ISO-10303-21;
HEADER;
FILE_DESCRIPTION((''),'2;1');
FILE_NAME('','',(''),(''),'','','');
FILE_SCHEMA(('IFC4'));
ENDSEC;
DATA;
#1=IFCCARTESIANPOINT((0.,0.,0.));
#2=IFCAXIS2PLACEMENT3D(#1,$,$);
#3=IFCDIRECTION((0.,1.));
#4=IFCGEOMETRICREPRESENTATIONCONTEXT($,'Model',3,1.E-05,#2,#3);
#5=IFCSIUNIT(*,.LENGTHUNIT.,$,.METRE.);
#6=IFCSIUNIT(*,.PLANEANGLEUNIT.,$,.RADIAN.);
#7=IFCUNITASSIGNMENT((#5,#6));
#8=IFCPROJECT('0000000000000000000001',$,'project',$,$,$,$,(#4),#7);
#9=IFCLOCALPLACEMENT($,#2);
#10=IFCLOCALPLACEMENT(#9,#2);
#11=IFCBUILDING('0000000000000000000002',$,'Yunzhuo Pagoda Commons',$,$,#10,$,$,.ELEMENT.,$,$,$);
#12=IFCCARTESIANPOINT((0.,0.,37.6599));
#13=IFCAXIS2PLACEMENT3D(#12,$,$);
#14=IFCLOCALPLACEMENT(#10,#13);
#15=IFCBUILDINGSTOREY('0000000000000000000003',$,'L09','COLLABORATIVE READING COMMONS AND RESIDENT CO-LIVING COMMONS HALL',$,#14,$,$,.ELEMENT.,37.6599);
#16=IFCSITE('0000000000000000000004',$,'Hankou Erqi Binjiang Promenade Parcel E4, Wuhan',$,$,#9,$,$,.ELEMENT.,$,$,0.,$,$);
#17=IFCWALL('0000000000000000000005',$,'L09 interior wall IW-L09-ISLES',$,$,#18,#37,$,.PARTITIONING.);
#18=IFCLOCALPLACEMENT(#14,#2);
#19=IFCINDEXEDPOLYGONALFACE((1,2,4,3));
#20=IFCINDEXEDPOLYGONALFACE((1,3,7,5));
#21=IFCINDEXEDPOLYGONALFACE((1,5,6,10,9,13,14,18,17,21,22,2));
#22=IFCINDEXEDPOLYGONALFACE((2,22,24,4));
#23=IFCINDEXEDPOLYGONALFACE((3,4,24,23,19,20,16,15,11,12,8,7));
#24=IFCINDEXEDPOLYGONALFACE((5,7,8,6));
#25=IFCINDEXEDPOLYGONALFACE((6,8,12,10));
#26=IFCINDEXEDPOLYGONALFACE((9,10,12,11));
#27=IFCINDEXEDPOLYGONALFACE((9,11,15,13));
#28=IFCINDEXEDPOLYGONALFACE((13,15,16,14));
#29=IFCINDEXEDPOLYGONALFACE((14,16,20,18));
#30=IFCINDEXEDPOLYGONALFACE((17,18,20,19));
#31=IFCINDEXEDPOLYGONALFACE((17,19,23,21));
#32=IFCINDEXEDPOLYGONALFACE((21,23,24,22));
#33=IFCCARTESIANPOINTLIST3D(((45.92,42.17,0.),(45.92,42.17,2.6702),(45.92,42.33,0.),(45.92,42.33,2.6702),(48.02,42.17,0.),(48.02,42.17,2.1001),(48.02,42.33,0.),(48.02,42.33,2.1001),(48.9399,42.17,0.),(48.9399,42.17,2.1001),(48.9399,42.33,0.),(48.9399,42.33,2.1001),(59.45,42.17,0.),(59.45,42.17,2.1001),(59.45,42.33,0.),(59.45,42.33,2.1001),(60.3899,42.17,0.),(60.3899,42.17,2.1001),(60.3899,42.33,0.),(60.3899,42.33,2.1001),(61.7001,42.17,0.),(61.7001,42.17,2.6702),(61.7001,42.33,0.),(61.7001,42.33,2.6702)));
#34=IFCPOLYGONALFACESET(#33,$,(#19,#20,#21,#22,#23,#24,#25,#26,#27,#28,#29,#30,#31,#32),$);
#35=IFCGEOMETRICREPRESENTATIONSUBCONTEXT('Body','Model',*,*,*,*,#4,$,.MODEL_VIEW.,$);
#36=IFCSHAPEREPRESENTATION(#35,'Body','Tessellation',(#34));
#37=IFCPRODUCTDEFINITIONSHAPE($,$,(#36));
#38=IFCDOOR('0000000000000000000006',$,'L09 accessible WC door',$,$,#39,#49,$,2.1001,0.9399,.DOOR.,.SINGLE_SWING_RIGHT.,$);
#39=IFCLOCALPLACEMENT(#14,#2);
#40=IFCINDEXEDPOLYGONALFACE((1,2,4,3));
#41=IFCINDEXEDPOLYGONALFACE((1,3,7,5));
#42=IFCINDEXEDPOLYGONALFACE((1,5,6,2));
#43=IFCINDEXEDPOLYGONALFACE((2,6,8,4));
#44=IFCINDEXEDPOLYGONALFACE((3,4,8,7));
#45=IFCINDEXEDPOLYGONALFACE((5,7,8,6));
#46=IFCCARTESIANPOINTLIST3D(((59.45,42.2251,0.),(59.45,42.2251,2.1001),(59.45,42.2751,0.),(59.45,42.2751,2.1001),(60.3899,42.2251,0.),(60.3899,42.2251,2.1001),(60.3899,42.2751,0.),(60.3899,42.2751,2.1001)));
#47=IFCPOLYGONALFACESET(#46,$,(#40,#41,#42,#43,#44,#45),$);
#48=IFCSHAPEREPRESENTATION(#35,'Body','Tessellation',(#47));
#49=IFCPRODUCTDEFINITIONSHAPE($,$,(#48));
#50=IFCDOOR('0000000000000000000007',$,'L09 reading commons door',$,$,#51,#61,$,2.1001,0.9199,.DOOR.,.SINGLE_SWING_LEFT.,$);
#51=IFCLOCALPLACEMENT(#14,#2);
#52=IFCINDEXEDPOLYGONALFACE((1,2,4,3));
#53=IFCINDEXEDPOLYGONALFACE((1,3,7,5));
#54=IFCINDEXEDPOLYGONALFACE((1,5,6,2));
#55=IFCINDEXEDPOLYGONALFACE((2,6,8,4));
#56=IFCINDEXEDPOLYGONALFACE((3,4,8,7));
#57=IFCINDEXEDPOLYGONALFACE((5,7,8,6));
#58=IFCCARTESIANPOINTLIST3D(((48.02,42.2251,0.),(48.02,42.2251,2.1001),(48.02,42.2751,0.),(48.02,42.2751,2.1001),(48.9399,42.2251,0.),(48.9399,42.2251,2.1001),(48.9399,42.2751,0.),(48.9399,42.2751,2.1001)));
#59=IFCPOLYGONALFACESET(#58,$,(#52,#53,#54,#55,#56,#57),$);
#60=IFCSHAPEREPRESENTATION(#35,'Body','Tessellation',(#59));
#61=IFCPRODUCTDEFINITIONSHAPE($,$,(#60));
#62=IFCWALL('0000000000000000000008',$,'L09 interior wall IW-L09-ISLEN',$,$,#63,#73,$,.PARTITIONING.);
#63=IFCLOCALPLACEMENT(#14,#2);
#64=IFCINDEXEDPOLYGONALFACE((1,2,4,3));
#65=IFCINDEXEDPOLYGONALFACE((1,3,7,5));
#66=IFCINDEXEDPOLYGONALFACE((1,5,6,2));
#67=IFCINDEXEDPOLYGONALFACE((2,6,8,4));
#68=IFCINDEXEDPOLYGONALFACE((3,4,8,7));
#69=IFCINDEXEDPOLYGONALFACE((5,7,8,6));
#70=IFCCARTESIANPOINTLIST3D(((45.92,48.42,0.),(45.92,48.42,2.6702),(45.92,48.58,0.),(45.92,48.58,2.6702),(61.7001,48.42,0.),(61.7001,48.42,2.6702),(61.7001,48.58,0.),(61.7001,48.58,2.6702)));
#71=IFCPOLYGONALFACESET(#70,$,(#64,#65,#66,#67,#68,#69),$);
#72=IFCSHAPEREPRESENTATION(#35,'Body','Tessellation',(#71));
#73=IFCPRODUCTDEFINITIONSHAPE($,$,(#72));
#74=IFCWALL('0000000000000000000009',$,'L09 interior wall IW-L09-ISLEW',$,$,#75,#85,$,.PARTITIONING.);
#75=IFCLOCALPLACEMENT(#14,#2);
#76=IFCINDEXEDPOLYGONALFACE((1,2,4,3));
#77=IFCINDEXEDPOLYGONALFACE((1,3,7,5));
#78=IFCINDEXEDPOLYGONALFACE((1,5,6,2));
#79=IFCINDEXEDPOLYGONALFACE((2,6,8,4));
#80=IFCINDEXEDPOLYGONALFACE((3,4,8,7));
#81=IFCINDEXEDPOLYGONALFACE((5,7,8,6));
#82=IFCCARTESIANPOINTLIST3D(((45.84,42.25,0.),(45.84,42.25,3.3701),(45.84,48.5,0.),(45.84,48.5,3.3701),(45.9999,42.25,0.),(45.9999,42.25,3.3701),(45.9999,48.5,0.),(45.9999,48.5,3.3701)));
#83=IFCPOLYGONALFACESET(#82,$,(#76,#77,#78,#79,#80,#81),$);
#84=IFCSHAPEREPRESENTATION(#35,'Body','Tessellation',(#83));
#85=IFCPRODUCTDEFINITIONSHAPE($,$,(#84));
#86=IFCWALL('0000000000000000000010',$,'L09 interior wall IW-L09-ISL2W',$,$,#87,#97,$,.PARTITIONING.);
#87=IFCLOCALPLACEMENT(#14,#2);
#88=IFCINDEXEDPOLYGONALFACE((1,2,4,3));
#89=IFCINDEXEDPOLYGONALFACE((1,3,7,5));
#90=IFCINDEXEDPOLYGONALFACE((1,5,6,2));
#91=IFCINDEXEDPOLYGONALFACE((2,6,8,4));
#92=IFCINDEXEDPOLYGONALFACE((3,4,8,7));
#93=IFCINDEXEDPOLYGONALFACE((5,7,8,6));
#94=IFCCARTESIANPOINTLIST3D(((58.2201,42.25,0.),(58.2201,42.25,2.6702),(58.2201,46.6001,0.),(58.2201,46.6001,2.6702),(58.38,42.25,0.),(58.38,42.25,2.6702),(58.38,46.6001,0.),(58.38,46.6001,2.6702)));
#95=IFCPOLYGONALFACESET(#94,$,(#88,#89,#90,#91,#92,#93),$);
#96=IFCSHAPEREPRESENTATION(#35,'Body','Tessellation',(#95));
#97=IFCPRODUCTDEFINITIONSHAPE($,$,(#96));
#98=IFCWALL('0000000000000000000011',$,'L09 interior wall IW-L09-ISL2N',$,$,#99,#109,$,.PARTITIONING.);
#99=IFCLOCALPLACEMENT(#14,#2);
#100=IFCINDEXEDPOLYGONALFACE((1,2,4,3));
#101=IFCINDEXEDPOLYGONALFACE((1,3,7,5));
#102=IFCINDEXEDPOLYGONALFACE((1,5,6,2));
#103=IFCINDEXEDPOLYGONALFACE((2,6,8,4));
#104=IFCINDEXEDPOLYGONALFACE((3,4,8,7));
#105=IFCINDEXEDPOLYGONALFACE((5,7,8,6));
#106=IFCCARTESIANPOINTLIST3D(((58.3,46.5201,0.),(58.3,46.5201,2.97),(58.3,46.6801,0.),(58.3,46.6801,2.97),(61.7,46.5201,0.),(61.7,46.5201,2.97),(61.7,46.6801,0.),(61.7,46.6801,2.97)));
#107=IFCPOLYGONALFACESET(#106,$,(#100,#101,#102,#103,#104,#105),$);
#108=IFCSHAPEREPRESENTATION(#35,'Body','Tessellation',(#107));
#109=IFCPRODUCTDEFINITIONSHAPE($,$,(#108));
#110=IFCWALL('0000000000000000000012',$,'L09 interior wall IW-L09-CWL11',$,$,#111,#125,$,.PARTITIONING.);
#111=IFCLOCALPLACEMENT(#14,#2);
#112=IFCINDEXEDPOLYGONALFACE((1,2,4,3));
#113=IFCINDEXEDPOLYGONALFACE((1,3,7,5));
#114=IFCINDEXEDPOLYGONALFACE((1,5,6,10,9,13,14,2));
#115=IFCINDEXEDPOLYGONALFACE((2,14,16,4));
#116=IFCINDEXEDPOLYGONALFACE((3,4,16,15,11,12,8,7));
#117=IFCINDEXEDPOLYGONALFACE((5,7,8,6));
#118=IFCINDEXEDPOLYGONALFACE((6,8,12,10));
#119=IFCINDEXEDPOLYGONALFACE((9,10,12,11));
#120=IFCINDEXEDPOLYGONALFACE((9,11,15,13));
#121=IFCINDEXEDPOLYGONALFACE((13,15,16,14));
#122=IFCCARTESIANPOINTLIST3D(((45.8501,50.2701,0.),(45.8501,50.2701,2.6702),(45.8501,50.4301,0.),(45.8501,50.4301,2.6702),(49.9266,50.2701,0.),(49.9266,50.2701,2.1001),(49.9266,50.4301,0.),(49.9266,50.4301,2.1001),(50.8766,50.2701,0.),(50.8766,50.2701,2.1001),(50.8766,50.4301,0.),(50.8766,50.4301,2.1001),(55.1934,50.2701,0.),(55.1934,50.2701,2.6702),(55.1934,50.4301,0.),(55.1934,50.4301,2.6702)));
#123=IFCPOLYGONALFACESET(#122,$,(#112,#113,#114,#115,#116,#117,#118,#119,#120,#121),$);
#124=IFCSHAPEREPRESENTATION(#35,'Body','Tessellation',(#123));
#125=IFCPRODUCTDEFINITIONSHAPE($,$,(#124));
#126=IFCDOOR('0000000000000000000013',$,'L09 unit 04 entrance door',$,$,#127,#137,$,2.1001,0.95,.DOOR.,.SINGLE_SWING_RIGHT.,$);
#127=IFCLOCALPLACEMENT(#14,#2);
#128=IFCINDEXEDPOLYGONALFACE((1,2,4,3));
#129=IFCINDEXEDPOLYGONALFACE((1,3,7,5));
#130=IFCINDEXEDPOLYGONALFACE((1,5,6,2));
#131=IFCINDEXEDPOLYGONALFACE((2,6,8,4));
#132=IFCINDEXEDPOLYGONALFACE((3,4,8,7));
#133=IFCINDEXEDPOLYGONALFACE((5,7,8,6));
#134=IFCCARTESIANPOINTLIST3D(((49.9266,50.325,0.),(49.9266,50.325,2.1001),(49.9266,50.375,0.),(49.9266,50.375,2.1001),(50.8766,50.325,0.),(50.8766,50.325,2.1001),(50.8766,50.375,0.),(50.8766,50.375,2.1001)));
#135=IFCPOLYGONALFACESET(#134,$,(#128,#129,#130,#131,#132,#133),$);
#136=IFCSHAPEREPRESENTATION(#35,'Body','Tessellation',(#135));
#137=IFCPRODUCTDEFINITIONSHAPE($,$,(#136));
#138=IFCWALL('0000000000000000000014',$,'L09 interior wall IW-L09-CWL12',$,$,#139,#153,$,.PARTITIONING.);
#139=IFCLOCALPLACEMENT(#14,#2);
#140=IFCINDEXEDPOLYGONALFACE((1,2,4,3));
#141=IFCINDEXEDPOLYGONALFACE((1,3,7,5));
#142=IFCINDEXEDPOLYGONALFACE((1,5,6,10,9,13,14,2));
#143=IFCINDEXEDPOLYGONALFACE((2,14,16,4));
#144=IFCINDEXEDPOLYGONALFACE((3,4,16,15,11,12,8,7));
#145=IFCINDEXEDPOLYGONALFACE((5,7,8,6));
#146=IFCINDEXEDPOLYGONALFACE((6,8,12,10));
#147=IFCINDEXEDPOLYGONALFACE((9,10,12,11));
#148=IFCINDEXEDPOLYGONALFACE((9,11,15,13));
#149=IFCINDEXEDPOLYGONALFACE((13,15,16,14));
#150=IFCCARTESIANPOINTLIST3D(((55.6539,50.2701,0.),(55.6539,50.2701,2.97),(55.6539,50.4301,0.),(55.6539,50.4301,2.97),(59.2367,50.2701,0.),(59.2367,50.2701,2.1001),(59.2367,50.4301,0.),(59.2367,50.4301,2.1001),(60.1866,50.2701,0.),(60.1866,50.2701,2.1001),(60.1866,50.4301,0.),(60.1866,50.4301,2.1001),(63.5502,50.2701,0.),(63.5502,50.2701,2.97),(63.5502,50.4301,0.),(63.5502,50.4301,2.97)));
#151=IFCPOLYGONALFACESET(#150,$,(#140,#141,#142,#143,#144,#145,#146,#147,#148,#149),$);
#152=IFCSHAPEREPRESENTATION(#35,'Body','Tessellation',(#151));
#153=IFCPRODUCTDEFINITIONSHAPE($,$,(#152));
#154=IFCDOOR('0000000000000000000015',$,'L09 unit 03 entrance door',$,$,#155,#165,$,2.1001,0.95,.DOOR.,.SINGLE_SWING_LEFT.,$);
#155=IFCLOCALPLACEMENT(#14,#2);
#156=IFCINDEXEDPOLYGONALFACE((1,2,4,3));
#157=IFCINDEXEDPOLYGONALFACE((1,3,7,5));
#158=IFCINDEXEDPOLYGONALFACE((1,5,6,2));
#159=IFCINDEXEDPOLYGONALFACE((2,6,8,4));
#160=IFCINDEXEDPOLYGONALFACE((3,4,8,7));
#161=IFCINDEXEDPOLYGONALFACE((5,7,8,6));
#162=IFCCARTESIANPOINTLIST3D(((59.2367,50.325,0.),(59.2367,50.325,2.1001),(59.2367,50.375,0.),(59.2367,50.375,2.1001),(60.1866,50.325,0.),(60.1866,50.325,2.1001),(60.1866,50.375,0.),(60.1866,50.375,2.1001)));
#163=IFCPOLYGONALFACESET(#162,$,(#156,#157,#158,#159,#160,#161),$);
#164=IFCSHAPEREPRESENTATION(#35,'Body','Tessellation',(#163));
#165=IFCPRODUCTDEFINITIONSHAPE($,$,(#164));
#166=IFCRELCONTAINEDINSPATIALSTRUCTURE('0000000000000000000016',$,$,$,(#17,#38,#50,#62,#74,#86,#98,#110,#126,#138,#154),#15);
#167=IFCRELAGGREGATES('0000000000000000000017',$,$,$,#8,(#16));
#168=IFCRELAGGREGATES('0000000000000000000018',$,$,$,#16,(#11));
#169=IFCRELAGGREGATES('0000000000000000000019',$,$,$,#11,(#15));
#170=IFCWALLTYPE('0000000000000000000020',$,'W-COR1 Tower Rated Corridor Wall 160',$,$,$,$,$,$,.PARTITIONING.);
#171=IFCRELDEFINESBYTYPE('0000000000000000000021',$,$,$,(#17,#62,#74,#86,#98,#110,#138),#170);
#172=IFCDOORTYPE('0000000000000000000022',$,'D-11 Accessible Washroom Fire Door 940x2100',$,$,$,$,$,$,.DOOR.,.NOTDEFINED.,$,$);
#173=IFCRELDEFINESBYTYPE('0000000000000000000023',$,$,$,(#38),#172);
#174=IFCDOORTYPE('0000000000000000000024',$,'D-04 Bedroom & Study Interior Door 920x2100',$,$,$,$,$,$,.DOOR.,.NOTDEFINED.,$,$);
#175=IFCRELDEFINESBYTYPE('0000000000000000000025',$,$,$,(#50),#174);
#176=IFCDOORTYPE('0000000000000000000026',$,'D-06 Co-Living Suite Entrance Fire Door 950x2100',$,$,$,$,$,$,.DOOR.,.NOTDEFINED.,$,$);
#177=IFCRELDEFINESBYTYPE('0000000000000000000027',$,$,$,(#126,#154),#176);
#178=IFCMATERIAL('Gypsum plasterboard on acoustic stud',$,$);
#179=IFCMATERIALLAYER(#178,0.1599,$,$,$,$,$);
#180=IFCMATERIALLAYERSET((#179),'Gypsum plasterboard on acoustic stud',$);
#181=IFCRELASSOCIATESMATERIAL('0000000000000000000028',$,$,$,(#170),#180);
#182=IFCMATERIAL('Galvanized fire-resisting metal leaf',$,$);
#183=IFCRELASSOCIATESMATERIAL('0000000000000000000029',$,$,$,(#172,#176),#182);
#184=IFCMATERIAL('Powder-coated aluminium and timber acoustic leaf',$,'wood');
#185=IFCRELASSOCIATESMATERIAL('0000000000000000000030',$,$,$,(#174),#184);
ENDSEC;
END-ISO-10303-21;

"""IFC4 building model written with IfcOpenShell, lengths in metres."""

from ifc_helpers import new_model, si_unit, direction, frame, frame_2d, origin, origin_with_axes, place, context, subcontext, project, spatial, rectangle, extrude, source, transform, mapped, material, layer, layer_set, type_object, element, fill, save


model = new_model("IFC4")

# Units and contexts
model_context = context("Model", 3, precision=1e-05, world=origin(), true_north=direction((0.0, 1.0)))
body_context = subcontext(model_context, "Body", "Model", "MODEL_VIEW")
ifc_project = project(units=[si_unit("LENGTHUNIT", "METRE"), si_unit("PLANEANGLEUNIT", "RADIAN")], contexts=[model_context])

# Site, building, storey
site_placement = place(None, origin())
site = spatial("IfcSite", under=ifc_project, at=site_placement, Name="Hankou Erqi Binjiang Promenade Parcel E4, Wuhan", CompositionType="ELEMENT", RefElevation=0.0)
building_placement = place(site_placement, origin())
building = spatial("IfcBuilding", under=site, at=building_placement, Name="Yunzhuo Pagoda Commons", CompositionType="ELEMENT")
storey_placement = place(building_placement, frame((0.0, 0.0, 37.6599)))
storey = spatial("IfcBuildingStorey", under=building, at=storey_placement, Name="L09", Description="COLLABORATIVE READING COMMONS AND RESIDENT CO-LIVING COMMONS HALL", CompositionType="ELEMENT", Elevation=37.6599)

# Shared definitions
ifc_material_1 = material(Name="Galvanized fire-resisting metal leaf")

# Wall, openings, doors
ifc_material_2 = material(Name="Gypsum plasterboard on acoustic stud")
ifc_layer_1 = layer(ifc_material_2, 0.1599)
ifc_layer_set_1 = layer_set([ifc_layer_1], Name="Gypsum plasterboard on acoustic stud")
wall_type_1 = type_object("IfcWallType", Name="W-COR1 Tower Rated Corridor Wall 160", PredefinedType="PARTITIONING", material=ifc_layer_set_1)
wall_1_placement = place(storey_placement, frame((45.9199, 42.25, 0.0), z_axis=(0.0, 0.0, 1.0), x_axis=(1.0, 0.0, 0.0)))
wall_1 = element("IfcWall", 1, at=wall_1_placement, inside=storey, type_object=wall_type_1, Name="L09 interior wall IW-L09-ISLES", PredefinedType="PARTITIONING", context=body_context, shape_type="SweptSolid", body=[
    extrude(rectangle(XDim=15.78, YDim=0.1599, at=frame_2d((7.8901, 0.0))), origin(), (0.0, 0.0, 1.0), 2.6702),
])
opening_1_placement = place(wall_1_placement, frame((2.1001, 0.0, 0.0)))
opening_1 = element("IfcOpeningElement", 2, at=opening_1_placement, cuts=wall_1, PredefinedType="OPENING", context=body_context, shape_type="SweptSolid", body=[
    extrude(rectangle(XDim=0.9199, YDim=2.1001, at=frame_2d((0.46, 1.05))), frame((0.0, 0.0898, 0.0), z_axis=(0.0, -1.0, 0.0), x_axis=(1.0, 0.0, 0.0)), (0.0, 0.0, 1.0), 0.1799),
])
opening_2_placement = place(wall_1_placement, frame((13.53, 0.0, 0.0)))
opening_2 = element("IfcOpeningElement", 3, at=opening_2_placement, cuts=wall_1, PredefinedType="OPENING", context=body_context, shape_type="SweptSolid", body=[
    extrude(rectangle(XDim=0.9399, YDim=2.1001, at=frame_2d((0.47, 1.05))), frame((0.0, 0.0898, 0.0), z_axis=(0.0, -1.0, 0.0), x_axis=(1.0, 0.0, 0.0)), (0.0, 0.0, 1.0), 0.1799),
])
door_type_1 = type_object("IfcDoorType", Name="D-11 Accessible Washroom Fire Door 940x2100", OperationType="NOTDEFINED", PredefinedType="DOOR", material=ifc_material_1)
shared_shape_1 = source(origin(), body_context, "Body", "SweptSolid", [
    extrude(rectangle(XDim=0.9399, YDim=2.1001, at=frame_2d((0.47, 1.05))), frame((0.0, 0.0249, 0.0), z_axis=(0.0, -1.0, 0.0), x_axis=(1.0, 0.0, 0.0)), (0.0, 0.0, 1.0), 0.05),
])
door_1_placement = place(opening_2_placement, frame((0.9399, 0.0, 0.0), z_axis=(0.0, 0.0, 1.0), x_axis=(-1.0, 0.0, 0.0)))
door_1 = element("IfcDoor", 4, at=door_1_placement, inside=storey, type_object=door_type_1, Name="L09 accessible WC door", OperationType="SINGLE_SWING_RIGHT", OverallHeight=2.1001, OverallWidth=0.9399, PredefinedType="DOOR", context=body_context, shape_type="MappedRepresentation", body=[
    mapped(shared_shape_1, transform((0.0, 0.0, 0.0), scale=1.0)),
])
fill(opening_2, door_1)
ifc_material_3 = material(Name="Powder-coated aluminium and timber acoustic leaf", Category="wood")
door_type_2 = type_object("IfcDoorType", Name="D-04 Bedroom & Study Interior Door 920x2100", OperationType="NOTDEFINED", PredefinedType="DOOR", material=ifc_material_3)
shared_shape_2 = source(origin(), body_context, "Body", "SweptSolid", [
    extrude(rectangle(XDim=0.9199, YDim=2.1001, at=frame_2d((0.46, 1.05))), frame((0.0, 0.0249, 0.0), z_axis=(0.0, -1.0, 0.0), x_axis=(1.0, 0.0, 0.0)), (0.0, 0.0, 1.0), 0.05),
])
door_2_placement = place(opening_1_placement, frame((0.9199, 0.0, 0.0), z_axis=(0.0, 0.0, 1.0), x_axis=(-1.0, 0.0, 0.0)))
door_2 = element("IfcDoor", 5, at=door_2_placement, inside=storey, type_object=door_type_2, Name="L09 reading commons door", OperationType="SINGLE_SWING_LEFT", OverallHeight=2.1001, OverallWidth=0.9199, PredefinedType="DOOR", context=body_context, shape_type="MappedRepresentation", body=[
    mapped(shared_shape_2, transform((0.0, 0.0, 0.0), scale=1.0)),
])
fill(opening_1, door_2)

# Walls
wall_2_placement = place(storey_placement, frame((45.9199, 48.5, 0.0), z_axis=(0.0, 0.0, 1.0), x_axis=(1.0, 0.0, 0.0)))
element("IfcWall", 6, at=wall_2_placement, inside=storey, type_object=wall_type_1, Name="L09 interior wall IW-L09-ISLEN", PredefinedType="PARTITIONING", context=body_context, shape_type="SweptSolid", body=[
    extrude(rectangle(XDim=15.78, YDim=0.1599, at=frame_2d((7.8901, 0.0))), origin(), (0.0, 0.0, 1.0), 2.6702),
])
wall_3_placement = place(storey_placement, frame((45.9199, 42.25, 0.0), z_axis=(0.0, 0.0, 1.0), x_axis=(0.0, 1.0, 0.0)))
element("IfcWall", 7, at=wall_3_placement, inside=storey, type_object=wall_type_1, Name="L09 interior wall IW-L09-ISLEW", PredefinedType="PARTITIONING", context=body_context, shape_type="SweptSolid", body=[
    extrude(rectangle(XDim=6.25, YDim=0.1599, at=frame_2d((3.125, 0.0))), origin(), (0.0, 0.0, 1.0), 3.3701),
])
wall_4_placement = place(storey_placement, frame((58.3, 42.25, 0.0), z_axis=(0.0, 0.0, 1.0), x_axis=(0.0, 1.0, 0.0)))
element("IfcWall", 8, at=wall_4_placement, inside=storey, type_object=wall_type_1, Name="L09 interior wall IW-L09-ISL2W", PredefinedType="PARTITIONING", context=body_context, shape_type="SweptSolid", body=[
    extrude(rectangle(XDim=4.3501, YDim=0.1599, at=frame_2d((2.175, 0.0))), origin(), (0.0, 0.0, 1.0), 2.6702),
])
wall_5_placement = place(storey_placement, frame((58.3, 46.6001, 0.0), z_axis=(0.0, 0.0, 1.0), x_axis=(1.0, 0.0, 0.0)))
element("IfcWall", 9, at=wall_5_placement, inside=storey, type_object=wall_type_1, Name="L09 interior wall IW-L09-ISL2N", PredefinedType="PARTITIONING", context=body_context, shape_type="SweptSolid", body=[
    extrude(rectangle(XDim=3.3999, YDim=0.1599, at=frame_2d((1.7, 0.0))), origin(), (0.0, 0.0, 1.0), 2.97),
])

# Walls, openings, doors
wall_6_placement = place(storey_placement, frame((45.8501, 50.3501, 0.0), z_axis=(0.0, 0.0, 1.0), x_axis=(1.0, 0.0, 0.0)))
wall_6 = element("IfcWall", 10, at=wall_6_placement, inside=storey, type_object=wall_type_1, Name="L09 interior wall IW-L09-CWL11", PredefinedType="PARTITIONING", context=body_context, shape_type="SweptSolid", body=[
    extrude(rectangle(XDim=9.3433, YDim=0.1599, at=frame_2d((4.6716, 0.0))), origin(), (0.0, 0.0, 1.0), 2.6702),
])
opening_3_placement = place(wall_6_placement, frame((4.0764, 0.0, 0.0)))
opening_3 = element("IfcOpeningElement", 11, at=opening_3_placement, cuts=wall_6, PredefinedType="OPENING", context=body_context, shape_type="SweptSolid", body=[
    extrude(rectangle(XDim=0.95, YDim=2.1001, at=frame_2d((0.4751, 1.05))), frame((0.0, 0.0898, 0.0), z_axis=(0.0, -1.0, 0.0), x_axis=(1.0, 0.0, 0.0)), (0.0, 0.0, 1.0), 0.1799),
])
door_type_3 = type_object("IfcDoorType", Name="D-06 Co-Living Suite Entrance Fire Door 950x2100", OperationType="NOTDEFINED", PredefinedType="DOOR", material=ifc_material_1)
shared_shape_3 = source(origin(), body_context, "Body", "SweptSolid", [
    extrude(rectangle(XDim=0.95, YDim=2.1001, at=frame_2d((0.4751, 1.05))), frame((0.0, 0.0249, 0.0), z_axis=(0.0, -1.0, 0.0), x_axis=(1.0, 0.0, 0.0)), (0.0, 0.0, 1.0), 0.05),
])
door_3_placement = place(opening_3_placement, origin_with_axes())
door_3 = element("IfcDoor", 12, at=door_3_placement, inside=storey, type_object=door_type_3, Name="L09 unit 04 entrance door", OperationType="SINGLE_SWING_RIGHT", OverallHeight=2.1001, OverallWidth=0.95, PredefinedType="DOOR", context=body_context, shape_type="MappedRepresentation", body=[
    mapped(shared_shape_3, transform((0.0, 0.0, 0.0), scale=1.0)),
])
fill(opening_3, door_3)
wall_7_placement = place(storey_placement, frame((55.6538, 50.3501, 0.0), z_axis=(0.0, 0.0, 1.0), x_axis=(1.0, 0.0, 0.0)))
wall_7 = element("IfcWall", 13, at=wall_7_placement, inside=storey, type_object=wall_type_1, Name="L09 interior wall IW-L09-CWL12", PredefinedType="PARTITIONING", context=body_context, shape_type="SweptSolid", body=[
    extrude(rectangle(XDim=7.8962, YDim=0.1599, at=frame_2d((3.9482, 0.0))), origin(), (0.0, 0.0, 1.0), 2.97),
])
opening_4_placement = place(wall_7_placement, frame((3.5828, 0.0, 0.0)))
opening_4 = element("IfcOpeningElement", 14, at=opening_4_placement, cuts=wall_7, PredefinedType="OPENING", context=body_context, shape_type="SweptSolid", body=[
    extrude(rectangle(XDim=0.95, YDim=2.1001, at=frame_2d((0.4751, 1.05))), frame((0.0, 0.0898, 0.0), z_axis=(0.0, -1.0, 0.0), x_axis=(1.0, 0.0, 0.0)), (0.0, 0.0, 1.0), 0.1799),
])
door_4_placement = place(opening_4_placement, origin_with_axes())
door_4 = element("IfcDoor", 15, at=door_4_placement, inside=storey, type_object=door_type_3, Name="L09 unit 03 entrance door", OperationType="SINGLE_SWING_LEFT", OverallHeight=2.1001, OverallWidth=0.95, PredefinedType="DOOR", context=body_context, shape_type="MappedRepresentation", body=[
    mapped(shared_shape_3, transform((0.0, 0.0, 0.0), scale=1.0)),
])
fill(opening_4, door_4)

save(model, "model.ifc")
